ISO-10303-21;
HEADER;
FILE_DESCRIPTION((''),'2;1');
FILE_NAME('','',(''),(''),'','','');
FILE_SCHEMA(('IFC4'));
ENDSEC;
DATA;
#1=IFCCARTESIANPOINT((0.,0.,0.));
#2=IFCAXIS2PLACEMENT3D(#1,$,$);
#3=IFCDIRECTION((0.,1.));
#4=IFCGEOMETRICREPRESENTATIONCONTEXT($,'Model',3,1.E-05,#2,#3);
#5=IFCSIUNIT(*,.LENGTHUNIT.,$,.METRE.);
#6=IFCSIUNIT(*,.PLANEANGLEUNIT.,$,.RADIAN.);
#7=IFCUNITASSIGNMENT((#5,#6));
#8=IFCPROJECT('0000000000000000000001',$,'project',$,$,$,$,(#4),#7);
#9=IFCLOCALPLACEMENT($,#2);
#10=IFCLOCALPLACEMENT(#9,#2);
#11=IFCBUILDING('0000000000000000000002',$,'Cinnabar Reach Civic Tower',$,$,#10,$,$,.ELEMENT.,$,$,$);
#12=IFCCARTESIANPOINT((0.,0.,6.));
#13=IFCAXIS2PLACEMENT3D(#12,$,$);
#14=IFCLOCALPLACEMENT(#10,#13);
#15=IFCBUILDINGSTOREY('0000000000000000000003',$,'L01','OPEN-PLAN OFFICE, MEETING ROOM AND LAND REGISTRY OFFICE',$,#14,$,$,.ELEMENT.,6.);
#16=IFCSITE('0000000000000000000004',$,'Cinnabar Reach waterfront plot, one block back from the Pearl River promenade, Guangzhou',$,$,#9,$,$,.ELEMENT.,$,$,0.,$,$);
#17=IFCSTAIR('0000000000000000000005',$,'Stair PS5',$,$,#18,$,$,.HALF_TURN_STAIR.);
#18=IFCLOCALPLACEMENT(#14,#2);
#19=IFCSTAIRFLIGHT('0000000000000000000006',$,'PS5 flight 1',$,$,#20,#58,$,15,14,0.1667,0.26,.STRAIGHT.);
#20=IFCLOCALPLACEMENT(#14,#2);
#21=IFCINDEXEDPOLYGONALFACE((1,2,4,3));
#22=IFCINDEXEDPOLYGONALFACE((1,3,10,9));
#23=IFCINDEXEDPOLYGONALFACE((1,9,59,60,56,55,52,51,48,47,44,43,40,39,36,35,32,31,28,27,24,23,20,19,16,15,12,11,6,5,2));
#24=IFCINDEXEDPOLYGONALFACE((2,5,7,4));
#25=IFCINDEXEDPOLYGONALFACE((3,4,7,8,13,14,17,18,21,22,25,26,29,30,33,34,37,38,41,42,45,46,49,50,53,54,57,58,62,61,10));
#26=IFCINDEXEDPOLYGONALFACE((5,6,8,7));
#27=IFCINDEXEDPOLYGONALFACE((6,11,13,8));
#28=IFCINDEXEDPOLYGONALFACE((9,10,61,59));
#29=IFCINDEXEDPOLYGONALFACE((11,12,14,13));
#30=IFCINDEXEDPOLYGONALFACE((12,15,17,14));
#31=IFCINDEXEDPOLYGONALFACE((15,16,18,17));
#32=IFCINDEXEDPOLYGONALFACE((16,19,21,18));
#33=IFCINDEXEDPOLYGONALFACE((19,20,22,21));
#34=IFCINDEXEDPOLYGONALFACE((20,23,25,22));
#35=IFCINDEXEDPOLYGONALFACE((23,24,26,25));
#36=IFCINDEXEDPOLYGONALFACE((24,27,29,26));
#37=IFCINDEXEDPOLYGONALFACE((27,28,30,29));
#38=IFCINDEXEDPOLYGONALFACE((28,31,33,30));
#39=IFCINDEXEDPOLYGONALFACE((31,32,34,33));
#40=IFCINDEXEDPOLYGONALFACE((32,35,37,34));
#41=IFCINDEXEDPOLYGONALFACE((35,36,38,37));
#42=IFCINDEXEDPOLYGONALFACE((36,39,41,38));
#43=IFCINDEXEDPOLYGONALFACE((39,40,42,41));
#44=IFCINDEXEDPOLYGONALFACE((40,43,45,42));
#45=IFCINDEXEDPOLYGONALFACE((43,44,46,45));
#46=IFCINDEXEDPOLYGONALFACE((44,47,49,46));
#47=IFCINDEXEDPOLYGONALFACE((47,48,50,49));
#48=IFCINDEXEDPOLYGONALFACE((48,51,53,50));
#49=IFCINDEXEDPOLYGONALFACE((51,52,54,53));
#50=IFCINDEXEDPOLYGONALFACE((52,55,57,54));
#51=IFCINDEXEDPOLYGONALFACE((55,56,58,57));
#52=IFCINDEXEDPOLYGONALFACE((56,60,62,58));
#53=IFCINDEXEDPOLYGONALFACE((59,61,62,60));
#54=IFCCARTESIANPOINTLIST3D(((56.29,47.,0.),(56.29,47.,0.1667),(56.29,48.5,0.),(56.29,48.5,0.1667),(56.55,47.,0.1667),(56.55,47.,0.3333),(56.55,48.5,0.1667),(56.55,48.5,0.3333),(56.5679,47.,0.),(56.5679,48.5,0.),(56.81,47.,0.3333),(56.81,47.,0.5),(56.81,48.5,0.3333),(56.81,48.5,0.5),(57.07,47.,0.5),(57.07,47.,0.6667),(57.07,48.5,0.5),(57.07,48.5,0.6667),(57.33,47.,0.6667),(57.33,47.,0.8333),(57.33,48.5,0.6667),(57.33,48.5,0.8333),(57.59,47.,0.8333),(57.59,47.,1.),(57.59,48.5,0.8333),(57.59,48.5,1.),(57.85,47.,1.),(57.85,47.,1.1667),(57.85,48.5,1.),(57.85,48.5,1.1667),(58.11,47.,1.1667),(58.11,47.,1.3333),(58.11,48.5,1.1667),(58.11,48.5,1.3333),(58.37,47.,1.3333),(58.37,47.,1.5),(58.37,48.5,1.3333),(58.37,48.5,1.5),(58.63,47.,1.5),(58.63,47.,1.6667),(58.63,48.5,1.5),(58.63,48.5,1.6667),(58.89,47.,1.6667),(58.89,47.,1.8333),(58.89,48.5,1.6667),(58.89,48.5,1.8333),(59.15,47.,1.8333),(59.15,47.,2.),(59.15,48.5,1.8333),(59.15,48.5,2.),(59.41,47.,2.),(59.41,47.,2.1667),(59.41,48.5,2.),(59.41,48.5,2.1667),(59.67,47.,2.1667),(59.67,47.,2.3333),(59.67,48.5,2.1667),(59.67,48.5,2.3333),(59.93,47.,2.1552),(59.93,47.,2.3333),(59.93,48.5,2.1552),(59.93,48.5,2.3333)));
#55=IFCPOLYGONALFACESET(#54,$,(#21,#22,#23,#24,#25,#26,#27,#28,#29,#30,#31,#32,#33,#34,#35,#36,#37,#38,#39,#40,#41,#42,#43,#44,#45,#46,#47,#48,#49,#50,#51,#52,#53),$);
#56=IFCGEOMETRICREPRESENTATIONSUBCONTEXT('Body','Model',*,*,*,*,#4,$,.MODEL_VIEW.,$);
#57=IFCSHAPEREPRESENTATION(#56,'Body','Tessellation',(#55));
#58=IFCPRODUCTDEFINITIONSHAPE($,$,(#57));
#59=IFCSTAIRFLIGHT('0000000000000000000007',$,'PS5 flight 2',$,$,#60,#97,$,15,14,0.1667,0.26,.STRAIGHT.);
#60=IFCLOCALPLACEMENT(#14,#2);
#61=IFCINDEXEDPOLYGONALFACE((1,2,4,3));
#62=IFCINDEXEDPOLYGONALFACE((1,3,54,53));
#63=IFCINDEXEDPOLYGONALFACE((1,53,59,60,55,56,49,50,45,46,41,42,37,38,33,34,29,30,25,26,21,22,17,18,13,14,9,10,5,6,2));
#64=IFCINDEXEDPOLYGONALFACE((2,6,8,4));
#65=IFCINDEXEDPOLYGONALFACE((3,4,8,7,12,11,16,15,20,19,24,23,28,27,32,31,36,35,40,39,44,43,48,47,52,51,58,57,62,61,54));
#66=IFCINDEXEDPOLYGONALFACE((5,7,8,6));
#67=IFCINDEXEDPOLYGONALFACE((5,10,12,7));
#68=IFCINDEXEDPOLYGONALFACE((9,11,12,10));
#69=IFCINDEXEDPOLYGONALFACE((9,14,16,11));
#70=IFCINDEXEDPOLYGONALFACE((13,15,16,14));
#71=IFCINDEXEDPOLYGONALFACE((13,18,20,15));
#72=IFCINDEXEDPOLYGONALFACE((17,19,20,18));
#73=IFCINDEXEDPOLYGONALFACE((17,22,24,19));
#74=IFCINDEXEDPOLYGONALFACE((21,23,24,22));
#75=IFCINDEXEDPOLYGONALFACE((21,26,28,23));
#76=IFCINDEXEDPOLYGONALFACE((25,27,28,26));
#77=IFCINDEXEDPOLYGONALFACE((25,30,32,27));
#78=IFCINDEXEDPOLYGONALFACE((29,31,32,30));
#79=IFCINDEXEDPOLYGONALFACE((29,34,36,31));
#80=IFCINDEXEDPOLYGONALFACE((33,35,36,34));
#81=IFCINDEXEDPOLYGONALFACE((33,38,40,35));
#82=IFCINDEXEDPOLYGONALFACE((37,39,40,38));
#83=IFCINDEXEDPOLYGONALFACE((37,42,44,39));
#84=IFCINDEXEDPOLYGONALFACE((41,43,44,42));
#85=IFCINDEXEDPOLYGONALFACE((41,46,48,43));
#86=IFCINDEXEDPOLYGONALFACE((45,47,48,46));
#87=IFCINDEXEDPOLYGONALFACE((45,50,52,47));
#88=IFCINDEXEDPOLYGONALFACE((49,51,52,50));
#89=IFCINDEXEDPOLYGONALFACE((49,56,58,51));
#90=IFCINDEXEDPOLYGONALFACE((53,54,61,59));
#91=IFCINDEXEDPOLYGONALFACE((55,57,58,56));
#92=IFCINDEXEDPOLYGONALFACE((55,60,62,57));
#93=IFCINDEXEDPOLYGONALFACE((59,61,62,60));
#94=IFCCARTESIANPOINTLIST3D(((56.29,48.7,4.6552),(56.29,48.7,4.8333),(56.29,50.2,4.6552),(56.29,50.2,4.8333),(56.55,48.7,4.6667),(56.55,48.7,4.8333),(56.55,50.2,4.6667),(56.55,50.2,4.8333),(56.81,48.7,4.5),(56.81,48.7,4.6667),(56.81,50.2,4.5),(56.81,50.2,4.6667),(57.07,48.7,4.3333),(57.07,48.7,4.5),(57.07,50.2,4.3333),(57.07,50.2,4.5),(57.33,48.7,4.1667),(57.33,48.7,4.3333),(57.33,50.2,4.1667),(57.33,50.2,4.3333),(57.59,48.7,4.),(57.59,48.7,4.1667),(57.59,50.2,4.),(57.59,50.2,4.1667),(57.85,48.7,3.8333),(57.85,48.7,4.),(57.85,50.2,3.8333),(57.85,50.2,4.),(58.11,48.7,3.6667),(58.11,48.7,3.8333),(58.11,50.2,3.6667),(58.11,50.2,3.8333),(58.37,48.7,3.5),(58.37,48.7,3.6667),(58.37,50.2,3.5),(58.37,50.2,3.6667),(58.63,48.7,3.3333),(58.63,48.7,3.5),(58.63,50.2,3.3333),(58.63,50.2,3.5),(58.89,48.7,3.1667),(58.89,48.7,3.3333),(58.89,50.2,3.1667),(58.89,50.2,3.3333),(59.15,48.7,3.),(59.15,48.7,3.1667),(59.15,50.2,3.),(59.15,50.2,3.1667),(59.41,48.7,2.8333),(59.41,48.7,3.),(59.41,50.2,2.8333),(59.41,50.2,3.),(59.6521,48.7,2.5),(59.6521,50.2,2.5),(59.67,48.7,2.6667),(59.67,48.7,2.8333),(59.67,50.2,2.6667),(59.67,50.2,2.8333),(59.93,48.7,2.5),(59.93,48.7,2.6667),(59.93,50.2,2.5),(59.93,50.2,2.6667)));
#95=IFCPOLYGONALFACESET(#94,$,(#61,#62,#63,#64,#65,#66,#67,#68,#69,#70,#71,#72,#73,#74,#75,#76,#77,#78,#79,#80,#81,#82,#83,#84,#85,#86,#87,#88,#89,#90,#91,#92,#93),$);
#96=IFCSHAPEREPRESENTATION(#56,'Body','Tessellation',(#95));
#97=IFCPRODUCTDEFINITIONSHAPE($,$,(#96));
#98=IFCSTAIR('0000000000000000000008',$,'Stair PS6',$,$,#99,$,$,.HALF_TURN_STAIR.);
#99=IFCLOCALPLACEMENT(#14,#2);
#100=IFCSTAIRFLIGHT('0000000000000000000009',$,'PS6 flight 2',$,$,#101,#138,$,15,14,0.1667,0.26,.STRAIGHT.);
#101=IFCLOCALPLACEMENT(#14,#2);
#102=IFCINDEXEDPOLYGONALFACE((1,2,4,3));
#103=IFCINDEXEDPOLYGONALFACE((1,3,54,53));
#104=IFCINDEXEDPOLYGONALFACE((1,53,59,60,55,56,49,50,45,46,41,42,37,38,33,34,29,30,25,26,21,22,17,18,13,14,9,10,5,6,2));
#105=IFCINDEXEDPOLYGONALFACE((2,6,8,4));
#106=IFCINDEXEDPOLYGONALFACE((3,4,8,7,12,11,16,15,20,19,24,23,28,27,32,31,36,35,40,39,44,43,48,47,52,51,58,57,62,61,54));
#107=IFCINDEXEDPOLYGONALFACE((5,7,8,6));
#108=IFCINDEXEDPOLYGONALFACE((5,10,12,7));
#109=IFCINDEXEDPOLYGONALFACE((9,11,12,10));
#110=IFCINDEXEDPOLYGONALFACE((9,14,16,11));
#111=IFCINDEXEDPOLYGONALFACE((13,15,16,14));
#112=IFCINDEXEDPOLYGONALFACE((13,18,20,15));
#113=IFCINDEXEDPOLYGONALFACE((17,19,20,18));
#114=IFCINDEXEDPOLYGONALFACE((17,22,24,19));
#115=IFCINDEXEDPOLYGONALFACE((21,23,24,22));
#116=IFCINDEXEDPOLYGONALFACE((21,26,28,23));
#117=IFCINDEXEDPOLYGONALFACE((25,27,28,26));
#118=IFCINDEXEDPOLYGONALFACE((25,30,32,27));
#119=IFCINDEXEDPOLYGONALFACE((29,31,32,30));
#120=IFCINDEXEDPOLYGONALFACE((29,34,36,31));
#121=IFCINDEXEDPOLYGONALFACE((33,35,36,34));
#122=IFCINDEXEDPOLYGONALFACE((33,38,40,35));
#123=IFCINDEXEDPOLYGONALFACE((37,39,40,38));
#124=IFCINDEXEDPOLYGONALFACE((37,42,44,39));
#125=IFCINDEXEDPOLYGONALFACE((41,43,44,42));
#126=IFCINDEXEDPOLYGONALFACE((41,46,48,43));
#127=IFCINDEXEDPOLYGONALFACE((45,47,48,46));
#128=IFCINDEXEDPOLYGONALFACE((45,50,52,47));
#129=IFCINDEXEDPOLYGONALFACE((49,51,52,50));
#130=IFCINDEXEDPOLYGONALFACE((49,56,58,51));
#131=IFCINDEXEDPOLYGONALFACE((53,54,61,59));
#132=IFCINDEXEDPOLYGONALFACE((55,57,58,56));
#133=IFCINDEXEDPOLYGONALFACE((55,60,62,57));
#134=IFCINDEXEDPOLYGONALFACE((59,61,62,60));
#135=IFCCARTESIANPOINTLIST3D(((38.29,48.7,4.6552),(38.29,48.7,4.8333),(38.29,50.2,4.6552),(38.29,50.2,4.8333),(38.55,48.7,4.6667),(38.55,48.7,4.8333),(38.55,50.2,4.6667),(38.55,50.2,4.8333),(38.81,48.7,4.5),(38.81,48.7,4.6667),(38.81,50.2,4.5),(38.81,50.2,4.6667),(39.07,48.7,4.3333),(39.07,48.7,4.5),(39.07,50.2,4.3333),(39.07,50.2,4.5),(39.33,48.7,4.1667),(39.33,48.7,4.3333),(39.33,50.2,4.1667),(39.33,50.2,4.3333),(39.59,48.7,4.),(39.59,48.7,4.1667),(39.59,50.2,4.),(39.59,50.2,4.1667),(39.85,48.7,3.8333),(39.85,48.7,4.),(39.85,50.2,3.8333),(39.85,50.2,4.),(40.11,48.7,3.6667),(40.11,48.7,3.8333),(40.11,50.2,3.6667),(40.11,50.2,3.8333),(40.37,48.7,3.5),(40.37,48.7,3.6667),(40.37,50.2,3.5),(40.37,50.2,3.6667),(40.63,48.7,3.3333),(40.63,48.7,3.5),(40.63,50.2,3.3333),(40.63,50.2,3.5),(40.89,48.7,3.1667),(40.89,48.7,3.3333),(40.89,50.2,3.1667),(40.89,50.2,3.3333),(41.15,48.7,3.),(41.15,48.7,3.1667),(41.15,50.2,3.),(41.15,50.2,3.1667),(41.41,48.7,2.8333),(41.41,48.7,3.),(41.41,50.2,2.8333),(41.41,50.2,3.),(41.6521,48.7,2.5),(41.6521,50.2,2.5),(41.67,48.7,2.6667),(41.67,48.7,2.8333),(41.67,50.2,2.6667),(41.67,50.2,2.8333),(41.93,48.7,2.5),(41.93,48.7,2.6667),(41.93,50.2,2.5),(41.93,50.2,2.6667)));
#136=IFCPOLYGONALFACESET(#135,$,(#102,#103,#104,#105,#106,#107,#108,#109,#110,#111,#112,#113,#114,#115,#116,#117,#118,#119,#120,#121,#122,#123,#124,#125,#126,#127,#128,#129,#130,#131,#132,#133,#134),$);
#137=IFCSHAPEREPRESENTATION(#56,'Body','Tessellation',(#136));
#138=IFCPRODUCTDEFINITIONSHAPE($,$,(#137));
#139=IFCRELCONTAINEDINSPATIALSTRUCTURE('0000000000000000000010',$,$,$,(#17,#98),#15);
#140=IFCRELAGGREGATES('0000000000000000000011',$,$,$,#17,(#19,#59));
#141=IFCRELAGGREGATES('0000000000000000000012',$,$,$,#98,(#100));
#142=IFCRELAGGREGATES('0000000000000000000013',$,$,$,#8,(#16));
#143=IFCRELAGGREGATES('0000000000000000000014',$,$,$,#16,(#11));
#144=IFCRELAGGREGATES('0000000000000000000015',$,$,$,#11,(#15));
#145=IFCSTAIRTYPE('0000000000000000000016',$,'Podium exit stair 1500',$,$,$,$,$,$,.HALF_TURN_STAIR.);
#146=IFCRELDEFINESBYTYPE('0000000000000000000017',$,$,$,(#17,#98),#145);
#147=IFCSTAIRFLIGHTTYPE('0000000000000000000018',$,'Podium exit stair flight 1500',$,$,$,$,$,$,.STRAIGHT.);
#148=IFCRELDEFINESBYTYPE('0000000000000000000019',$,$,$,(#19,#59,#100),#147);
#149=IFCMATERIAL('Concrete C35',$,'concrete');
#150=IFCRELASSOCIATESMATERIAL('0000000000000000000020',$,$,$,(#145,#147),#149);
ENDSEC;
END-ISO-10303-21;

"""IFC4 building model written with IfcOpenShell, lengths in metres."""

from ifc_helpers import new_model, si_unit, direction, frame, origin, place, context, subcontext, project, spatial, polyline, outline, extrude, material, type_object, element, aggregate, save


model = new_model("IFC4")

# Units and contexts
model_context = context("Model", 3, precision=1e-05, world=origin(), true_north=direction((0.0, 1.0)))
body_context = subcontext(model_context, "Body", "Model", "MODEL_VIEW")
ifc_project = project(units=[si_unit("LENGTHUNIT", "METRE"), si_unit("PLANEANGLEUNIT", "RADIAN")], contexts=[model_context])

# Site, building, storey
site_placement = place(None, origin())
site = spatial("IfcSite", under=ifc_project, at=site_placement, Name="Cinnabar Reach waterfront plot, one block back from the Pearl River promenade, Guangzhou", CompositionType="ELEMENT", RefElevation=0.0)
building_placement = place(site_placement, origin())
building = spatial("IfcBuilding", under=site, at=building_placement, Name="Cinnabar Reach Civic Tower", CompositionType="ELEMENT")
storey_placement = place(building_placement, frame((0.0, 0.0, 6.0)))
storey = spatial("IfcBuildingStorey", under=building, at=storey_placement, Name="L01", Description="OPEN-PLAN OFFICE, MEETING ROOM AND LAND REGISTRY OFFICE", CompositionType="ELEMENT", Elevation=6.0)

# Stair, stair flights
ifc_material_1 = material(Name="Concrete C35", Category="concrete")
stair_type = type_object("IfcStairType", Name="Podium exit stair 1500", PredefinedType="HALF_TURN_STAIR", material=ifc_material_1)
stair_1_placement = place(storey_placement, origin())
stair_1 = element("IfcStair", 1, at=stair_1_placement, inside=storey, type_object=stair_type, Name="Stair PS5", PredefinedType="HALF_TURN_STAIR")
stair_flight_type = type_object("IfcStairFlightType", Name="Podium exit stair flight 1500", PredefinedType="STRAIGHT", material=ifc_material_1)
stair_flight_1_placement = place(storey_placement, frame((56.29, 47.75, 0.0), z_axis=(0.0, 0.0, 1.0), x_axis=(1.0, 0.0, 0.0)))
stair_flight_1 = element("IfcStairFlight", 2, at=stair_flight_1_placement, type_object=stair_flight_type, Name="PS5 flight 1", NumberOfRisers=15, NumberOfTreads=14, PredefinedType="STRAIGHT", RiserHeight=0.1667, TreadLength=0.26, context=body_context, shape_type="SweptSolid", body=[
    extrude(outline(polyline([(0.0, 0.0), (0.0, 0.1667), (0.26, 0.1667), (0.26, 0.3333), (0.52, 0.3333), (0.52, 0.5), (0.78, 0.5), (0.78, 0.6667), (1.04, 0.6667), (1.04, 0.8333), (1.3, 0.8333), (1.3, 1.0), (1.56, 1.0), (1.56, 1.1667), (1.82, 1.1667), (1.82, 1.3333), (2.08, 1.3333), (2.08, 1.5), (2.34, 1.5), (2.34, 1.6667), (2.6, 1.6667), (2.6, 1.8333), (2.86, 1.8333), (2.86, 2.0), (3.12, 2.0), (3.12, 2.1667), (3.38, 2.1667), (3.38, 2.3333), (3.64, 2.3333), (3.64, 2.5), (3.64, 2.1552), (0.2779, 0.0), (0.0, 0.0)])), frame((0.0, 0.75, 0.0), z_axis=(0.0, -1.0, 0.0), x_axis=(1.0, 0.0, 0.0)), (0.0, 0.0, 1.0), 1.5),
])
stair_flight_2_placement = place(storey_placement, frame((59.93, 49.45, 2.5), z_axis=(0.0, 0.0, 1.0), x_axis=(-1.0, 0.0, 0.0)))
stair_flight_2 = element("IfcStairFlight", 3, at=stair_flight_2_placement, type_object=stair_flight_type, Name="PS5 flight 2", NumberOfRisers=15, NumberOfTreads=14, PredefinedType="STRAIGHT", RiserHeight=0.1667, TreadLength=0.26, context=body_context, shape_type="SweptSolid", body=[
    extrude(outline(polyline([(0.0, 0.0), (0.0, 0.1667), (0.26, 0.1667), (0.26, 0.3333), (0.52, 0.3333), (0.52, 0.5), (0.78, 0.5), (0.78, 0.6667), (1.04, 0.6667), (1.04, 0.8333), (1.3, 0.8333), (1.3, 1.0), (1.56, 1.0), (1.56, 1.1667), (1.82, 1.1667), (1.82, 1.3333), (2.08, 1.3333), (2.08, 1.5), (2.34, 1.5), (2.34, 1.6667), (2.6, 1.6667), (2.6, 1.8333), (2.86, 1.8333), (2.86, 2.0), (3.12, 2.0), (3.12, 2.1667), (3.38, 2.1667), (3.38, 2.3333), (3.64, 2.3333), (3.64, 2.5), (3.64, 2.1552), (0.2779, 0.0), (0.0, 0.0)])), frame((0.0, 0.75, 0.0), z_axis=(0.0, -1.0, 0.0), x_axis=(1.0, 0.0, 0.0)), (0.0, 0.0, 1.0), 1.5),
])
aggregate(stair_1, [stair_flight_1, stair_flight_2])

# Stair, stair flight
stair_2_placement = place(storey_placement, origin())
stair_2 = element("IfcStair", 4, at=stair_2_placement, inside=storey, type_object=stair_type, Name="Stair PS6", PredefinedType="HALF_TURN_STAIR")
stair_flight_3_placement = place(storey_placement, frame((41.93, 49.45, 2.5), z_axis=(0.0, 0.0, 1.0), x_axis=(-1.0, 0.0, 0.0)))
stair_flight_3 = element("IfcStairFlight", 5, at=stair_flight_3_placement, type_object=stair_flight_type, Name="PS6 flight 2", NumberOfRisers=15, NumberOfTreads=14, PredefinedType="STRAIGHT", RiserHeight=0.1667, TreadLength=0.26, context=body_context, shape_type="SweptSolid", body=[
    extrude(outline(polyline([(0.0, 0.0), (0.0, 0.1667), (0.26, 0.1667), (0.26, 0.3333), (0.52, 0.3333), (0.52, 0.5), (0.78, 0.5), (0.78, 0.6667), (1.04, 0.6667), (1.04, 0.8333), (1.3, 0.8333), (1.3, 1.0), (1.56, 1.0), (1.56, 1.1667), (1.82, 1.1667), (1.82, 1.3333), (2.08, 1.3333), (2.08, 1.5), (2.34, 1.5), (2.34, 1.6667), (2.6, 1.6667), (2.6, 1.8333), (2.86, 1.8333), (2.86, 2.0), (3.12, 2.0), (3.12, 2.1667), (3.38, 2.1667), (3.38, 2.3333), (3.64, 2.3333), (3.64, 2.5), (3.64, 2.1552), (0.2779, 0.0), (0.0, 0.0)])), frame((0.0, 0.75, 0.0), z_axis=(0.0, -1.0, 0.0), x_axis=(1.0, 0.0, 0.0)), (0.0, 0.0, 1.0), 1.5),
])
aggregate(stair_2, [stair_flight_3])

save(model, "model.ifc")
